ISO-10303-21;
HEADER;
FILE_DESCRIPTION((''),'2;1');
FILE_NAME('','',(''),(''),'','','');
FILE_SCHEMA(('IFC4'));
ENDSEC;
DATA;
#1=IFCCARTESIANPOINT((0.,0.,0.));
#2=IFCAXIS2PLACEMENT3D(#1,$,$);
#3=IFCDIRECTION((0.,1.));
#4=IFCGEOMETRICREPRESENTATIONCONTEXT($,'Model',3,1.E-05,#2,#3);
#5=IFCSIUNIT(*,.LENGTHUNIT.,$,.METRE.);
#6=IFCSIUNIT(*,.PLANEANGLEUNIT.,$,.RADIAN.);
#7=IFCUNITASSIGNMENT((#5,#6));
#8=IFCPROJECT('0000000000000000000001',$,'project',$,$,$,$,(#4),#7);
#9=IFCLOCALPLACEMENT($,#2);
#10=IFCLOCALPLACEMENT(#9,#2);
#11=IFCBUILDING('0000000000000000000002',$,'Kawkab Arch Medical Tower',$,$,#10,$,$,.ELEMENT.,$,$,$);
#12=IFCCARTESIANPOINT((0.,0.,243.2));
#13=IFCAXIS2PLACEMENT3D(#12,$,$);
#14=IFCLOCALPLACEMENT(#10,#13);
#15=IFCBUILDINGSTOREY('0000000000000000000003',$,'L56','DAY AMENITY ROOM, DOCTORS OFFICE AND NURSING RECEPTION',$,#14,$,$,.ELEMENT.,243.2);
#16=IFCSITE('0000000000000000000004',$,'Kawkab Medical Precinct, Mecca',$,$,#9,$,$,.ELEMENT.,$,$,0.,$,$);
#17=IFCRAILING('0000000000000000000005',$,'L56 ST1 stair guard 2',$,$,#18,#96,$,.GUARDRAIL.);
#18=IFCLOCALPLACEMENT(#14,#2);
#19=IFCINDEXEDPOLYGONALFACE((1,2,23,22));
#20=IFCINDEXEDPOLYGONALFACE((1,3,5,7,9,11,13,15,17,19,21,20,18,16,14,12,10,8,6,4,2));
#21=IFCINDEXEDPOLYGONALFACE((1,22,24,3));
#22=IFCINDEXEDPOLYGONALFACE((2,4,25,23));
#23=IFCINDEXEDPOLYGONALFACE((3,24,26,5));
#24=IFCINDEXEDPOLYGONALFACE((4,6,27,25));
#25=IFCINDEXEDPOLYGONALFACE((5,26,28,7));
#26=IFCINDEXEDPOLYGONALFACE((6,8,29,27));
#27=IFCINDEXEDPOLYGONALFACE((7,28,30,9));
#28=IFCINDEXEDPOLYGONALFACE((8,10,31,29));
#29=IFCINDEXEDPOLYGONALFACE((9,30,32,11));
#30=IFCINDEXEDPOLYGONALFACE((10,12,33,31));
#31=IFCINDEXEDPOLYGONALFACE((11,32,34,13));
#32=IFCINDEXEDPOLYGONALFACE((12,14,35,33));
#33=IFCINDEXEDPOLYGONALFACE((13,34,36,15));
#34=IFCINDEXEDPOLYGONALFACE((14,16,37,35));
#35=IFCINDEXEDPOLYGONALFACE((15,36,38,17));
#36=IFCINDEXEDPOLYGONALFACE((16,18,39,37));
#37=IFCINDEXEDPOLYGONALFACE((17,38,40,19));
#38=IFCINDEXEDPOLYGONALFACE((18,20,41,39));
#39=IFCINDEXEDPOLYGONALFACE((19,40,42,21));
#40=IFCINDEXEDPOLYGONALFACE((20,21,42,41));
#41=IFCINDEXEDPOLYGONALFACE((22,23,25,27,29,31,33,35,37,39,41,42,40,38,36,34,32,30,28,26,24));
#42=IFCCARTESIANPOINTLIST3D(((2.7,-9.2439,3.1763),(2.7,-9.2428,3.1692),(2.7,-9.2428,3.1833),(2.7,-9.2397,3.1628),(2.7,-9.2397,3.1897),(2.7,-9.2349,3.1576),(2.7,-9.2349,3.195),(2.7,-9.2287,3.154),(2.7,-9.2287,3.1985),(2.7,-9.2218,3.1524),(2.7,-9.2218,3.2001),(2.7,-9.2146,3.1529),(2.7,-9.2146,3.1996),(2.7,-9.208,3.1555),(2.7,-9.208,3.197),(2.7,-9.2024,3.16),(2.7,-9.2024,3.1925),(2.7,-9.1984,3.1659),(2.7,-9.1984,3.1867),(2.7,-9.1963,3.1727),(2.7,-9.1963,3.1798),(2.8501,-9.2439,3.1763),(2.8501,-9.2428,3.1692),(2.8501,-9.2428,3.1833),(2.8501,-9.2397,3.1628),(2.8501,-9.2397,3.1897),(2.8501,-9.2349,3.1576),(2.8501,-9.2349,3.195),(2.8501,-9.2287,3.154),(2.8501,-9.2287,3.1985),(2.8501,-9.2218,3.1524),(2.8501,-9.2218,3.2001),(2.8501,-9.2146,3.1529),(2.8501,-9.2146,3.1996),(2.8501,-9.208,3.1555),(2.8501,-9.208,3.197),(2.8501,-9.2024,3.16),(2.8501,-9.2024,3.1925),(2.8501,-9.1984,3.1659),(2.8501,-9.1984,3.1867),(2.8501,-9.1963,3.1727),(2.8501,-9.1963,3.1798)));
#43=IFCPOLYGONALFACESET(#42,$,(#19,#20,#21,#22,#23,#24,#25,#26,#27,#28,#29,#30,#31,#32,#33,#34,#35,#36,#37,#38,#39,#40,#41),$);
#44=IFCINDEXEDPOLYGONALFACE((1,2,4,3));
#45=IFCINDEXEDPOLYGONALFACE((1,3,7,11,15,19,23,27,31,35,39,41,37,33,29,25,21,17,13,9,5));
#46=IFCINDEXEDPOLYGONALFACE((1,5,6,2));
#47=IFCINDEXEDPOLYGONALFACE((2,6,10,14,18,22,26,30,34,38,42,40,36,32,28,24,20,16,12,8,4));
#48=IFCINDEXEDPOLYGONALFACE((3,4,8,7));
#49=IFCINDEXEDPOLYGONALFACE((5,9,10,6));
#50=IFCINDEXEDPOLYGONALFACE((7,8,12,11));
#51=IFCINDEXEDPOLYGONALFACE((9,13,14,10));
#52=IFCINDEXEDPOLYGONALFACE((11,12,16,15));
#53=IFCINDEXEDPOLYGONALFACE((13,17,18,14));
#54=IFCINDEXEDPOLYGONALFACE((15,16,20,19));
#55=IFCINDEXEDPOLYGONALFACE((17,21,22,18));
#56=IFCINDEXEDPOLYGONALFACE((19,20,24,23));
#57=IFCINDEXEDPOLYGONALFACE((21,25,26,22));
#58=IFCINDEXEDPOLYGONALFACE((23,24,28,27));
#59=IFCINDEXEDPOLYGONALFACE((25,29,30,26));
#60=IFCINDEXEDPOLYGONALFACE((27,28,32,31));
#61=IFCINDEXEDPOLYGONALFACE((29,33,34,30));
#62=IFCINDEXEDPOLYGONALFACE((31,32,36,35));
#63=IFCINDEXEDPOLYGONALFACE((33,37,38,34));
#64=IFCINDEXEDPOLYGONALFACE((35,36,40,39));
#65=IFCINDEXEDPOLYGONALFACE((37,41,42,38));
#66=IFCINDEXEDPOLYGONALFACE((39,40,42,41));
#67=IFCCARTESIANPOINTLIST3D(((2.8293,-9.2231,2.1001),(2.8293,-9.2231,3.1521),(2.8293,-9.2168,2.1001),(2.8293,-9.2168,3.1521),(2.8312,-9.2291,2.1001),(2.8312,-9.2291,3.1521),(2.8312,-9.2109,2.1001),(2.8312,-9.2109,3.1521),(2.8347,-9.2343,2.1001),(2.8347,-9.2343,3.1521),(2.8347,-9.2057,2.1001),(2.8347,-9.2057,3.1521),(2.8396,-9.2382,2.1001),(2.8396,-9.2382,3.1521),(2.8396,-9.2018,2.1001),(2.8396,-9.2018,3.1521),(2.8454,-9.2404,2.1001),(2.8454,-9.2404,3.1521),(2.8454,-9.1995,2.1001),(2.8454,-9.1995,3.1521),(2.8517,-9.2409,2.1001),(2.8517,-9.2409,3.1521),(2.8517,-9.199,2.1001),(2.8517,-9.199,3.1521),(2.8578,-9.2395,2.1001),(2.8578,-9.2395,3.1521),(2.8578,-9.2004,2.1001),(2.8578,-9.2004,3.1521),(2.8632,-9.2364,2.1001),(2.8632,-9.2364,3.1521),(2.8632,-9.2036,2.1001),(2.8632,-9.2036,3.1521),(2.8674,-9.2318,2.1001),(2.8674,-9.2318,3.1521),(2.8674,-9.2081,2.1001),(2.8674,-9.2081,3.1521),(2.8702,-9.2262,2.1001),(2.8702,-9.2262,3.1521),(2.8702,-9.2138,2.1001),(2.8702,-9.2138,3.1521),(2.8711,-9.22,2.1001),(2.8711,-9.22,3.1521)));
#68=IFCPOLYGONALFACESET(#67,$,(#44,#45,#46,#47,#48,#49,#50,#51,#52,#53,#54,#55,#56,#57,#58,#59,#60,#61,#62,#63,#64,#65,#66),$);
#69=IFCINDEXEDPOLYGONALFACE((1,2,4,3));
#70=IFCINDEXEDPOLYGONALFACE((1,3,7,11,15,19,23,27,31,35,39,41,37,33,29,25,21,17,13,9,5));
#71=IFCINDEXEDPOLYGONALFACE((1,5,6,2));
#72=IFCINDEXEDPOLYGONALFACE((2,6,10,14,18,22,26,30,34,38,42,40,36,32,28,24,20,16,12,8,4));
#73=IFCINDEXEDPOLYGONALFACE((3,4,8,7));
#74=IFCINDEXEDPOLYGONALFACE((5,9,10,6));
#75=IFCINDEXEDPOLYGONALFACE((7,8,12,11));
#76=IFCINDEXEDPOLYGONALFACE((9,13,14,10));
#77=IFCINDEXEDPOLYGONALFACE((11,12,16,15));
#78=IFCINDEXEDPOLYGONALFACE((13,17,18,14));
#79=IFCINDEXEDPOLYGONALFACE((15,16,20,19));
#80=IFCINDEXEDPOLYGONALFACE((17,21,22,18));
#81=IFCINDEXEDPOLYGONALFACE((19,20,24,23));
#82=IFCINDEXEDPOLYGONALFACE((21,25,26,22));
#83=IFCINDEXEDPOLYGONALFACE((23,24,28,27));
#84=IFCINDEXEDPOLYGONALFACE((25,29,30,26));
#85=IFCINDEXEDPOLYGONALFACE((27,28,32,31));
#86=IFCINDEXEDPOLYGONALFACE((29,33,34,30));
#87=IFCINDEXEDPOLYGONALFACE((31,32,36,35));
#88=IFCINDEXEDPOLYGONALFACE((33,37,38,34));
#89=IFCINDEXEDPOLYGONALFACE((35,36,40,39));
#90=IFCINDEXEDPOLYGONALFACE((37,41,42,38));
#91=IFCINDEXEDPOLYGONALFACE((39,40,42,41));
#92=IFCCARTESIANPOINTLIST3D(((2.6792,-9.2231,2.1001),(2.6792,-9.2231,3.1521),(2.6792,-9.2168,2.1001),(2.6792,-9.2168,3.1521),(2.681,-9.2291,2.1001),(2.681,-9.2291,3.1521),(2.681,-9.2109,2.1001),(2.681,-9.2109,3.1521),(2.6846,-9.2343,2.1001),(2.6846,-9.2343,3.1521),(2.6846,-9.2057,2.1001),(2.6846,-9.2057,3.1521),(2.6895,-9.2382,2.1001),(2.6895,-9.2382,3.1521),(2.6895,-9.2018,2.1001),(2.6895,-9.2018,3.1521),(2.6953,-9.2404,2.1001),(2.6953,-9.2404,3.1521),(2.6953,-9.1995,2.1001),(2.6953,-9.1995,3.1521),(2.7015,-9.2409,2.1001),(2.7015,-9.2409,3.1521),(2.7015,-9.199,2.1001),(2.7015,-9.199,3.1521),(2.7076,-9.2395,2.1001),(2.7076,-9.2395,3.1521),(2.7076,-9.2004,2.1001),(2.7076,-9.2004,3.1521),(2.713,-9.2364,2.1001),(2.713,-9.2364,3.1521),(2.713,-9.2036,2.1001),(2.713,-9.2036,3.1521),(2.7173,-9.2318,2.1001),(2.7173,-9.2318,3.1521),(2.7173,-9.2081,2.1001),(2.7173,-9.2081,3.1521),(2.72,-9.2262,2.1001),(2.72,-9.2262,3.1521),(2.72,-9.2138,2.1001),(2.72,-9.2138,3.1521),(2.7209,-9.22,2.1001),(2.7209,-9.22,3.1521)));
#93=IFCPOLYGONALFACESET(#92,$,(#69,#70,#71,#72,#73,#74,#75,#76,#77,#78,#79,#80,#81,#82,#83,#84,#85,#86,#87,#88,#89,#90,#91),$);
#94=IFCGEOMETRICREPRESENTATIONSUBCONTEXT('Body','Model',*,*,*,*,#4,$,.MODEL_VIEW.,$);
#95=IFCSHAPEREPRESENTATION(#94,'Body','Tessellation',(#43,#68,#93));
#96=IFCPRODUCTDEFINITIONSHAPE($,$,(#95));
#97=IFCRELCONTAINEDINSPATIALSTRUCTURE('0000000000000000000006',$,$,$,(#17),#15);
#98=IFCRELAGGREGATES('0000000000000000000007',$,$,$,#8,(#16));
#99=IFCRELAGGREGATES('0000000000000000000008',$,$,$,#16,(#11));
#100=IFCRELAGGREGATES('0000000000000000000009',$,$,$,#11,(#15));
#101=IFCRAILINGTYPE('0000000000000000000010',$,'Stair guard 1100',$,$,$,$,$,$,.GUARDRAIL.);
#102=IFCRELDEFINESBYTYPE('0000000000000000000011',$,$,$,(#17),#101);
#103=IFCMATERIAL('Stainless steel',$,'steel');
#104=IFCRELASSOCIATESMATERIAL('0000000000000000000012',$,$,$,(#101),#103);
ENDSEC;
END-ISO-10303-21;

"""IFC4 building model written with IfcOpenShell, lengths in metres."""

from ifc_helpers import new_model, si_unit, direction, frame, origin, origin_2d, place, context, subcontext, project, spatial, circle, extrude, material, type_object, element, save


model = new_model("IFC4")

# Units and contexts
model_context = context("Model", 3, precision=1e-05, world=origin(), true_north=direction((0.0, 1.0)))
body_context = subcontext(model_context, "Body", "Model", "MODEL_VIEW")
ifc_project = project(units=[si_unit("LENGTHUNIT", "METRE"), si_unit("PLANEANGLEUNIT", "RADIAN")], contexts=[model_context])

# Site, building, storey
site_placement = place(None, origin())
site = spatial("IfcSite", under=ifc_project, at=site_placement, Name="Kawkab Medical Precinct, Mecca", CompositionType="ELEMENT", RefElevation=0.0)
building_placement = place(site_placement, origin())
building = spatial("IfcBuilding", under=site, at=building_placement, Name="Kawkab Arch Medical Tower", CompositionType="ELEMENT")
storey_placement = place(building_placement, frame((0.0, 0.0, 243.2)))
storey = spatial("IfcBuildingStorey", under=building, at=storey_placement, Name="L56", Description="DAY AMENITY ROOM, DOCTORS OFFICE AND NURSING RECEPTION", CompositionType="ELEMENT", Elevation=243.2)

# Railing
ifc_material_1 = material(Name="Stainless steel", Category="steel")
railing_type_1 = type_object("IfcRailingType", Name="Stair guard 1100", PredefinedType="GUARDRAIL", material=ifc_material_1)
railing_1_placement = place(storey_placement, frame((2.8501, -9.22, 2.1001)))
element("IfcRailing", 1, at=railing_1_placement, inside=storey, type_object=railing_type_1, Name="L56 ST1 stair guard 2", PredefinedType="GUARDRAIL", context=body_context, shape_type="SweptSolid", body=[
    extrude(circle(Radius=0.0239, at=origin_2d()), frame((0.0, 0.0, 1.0762), z_axis=(-1.0, 0.0, 0.0), x_axis=(0.0, -1.0, 0.0)), (0.0, 0.0, 1.0), 0.1501),
    extrude(circle(Radius=0.021, at=origin_2d()), origin(), (0.0, 0.0, 1.0), 1.052),
    extrude(circle(Radius=0.021, at=origin_2d()), frame((-0.1501, 0.0, 0.0)), (0.0, 0.0, 1.0), 1.052),
])

save(model, "model.ifc")
